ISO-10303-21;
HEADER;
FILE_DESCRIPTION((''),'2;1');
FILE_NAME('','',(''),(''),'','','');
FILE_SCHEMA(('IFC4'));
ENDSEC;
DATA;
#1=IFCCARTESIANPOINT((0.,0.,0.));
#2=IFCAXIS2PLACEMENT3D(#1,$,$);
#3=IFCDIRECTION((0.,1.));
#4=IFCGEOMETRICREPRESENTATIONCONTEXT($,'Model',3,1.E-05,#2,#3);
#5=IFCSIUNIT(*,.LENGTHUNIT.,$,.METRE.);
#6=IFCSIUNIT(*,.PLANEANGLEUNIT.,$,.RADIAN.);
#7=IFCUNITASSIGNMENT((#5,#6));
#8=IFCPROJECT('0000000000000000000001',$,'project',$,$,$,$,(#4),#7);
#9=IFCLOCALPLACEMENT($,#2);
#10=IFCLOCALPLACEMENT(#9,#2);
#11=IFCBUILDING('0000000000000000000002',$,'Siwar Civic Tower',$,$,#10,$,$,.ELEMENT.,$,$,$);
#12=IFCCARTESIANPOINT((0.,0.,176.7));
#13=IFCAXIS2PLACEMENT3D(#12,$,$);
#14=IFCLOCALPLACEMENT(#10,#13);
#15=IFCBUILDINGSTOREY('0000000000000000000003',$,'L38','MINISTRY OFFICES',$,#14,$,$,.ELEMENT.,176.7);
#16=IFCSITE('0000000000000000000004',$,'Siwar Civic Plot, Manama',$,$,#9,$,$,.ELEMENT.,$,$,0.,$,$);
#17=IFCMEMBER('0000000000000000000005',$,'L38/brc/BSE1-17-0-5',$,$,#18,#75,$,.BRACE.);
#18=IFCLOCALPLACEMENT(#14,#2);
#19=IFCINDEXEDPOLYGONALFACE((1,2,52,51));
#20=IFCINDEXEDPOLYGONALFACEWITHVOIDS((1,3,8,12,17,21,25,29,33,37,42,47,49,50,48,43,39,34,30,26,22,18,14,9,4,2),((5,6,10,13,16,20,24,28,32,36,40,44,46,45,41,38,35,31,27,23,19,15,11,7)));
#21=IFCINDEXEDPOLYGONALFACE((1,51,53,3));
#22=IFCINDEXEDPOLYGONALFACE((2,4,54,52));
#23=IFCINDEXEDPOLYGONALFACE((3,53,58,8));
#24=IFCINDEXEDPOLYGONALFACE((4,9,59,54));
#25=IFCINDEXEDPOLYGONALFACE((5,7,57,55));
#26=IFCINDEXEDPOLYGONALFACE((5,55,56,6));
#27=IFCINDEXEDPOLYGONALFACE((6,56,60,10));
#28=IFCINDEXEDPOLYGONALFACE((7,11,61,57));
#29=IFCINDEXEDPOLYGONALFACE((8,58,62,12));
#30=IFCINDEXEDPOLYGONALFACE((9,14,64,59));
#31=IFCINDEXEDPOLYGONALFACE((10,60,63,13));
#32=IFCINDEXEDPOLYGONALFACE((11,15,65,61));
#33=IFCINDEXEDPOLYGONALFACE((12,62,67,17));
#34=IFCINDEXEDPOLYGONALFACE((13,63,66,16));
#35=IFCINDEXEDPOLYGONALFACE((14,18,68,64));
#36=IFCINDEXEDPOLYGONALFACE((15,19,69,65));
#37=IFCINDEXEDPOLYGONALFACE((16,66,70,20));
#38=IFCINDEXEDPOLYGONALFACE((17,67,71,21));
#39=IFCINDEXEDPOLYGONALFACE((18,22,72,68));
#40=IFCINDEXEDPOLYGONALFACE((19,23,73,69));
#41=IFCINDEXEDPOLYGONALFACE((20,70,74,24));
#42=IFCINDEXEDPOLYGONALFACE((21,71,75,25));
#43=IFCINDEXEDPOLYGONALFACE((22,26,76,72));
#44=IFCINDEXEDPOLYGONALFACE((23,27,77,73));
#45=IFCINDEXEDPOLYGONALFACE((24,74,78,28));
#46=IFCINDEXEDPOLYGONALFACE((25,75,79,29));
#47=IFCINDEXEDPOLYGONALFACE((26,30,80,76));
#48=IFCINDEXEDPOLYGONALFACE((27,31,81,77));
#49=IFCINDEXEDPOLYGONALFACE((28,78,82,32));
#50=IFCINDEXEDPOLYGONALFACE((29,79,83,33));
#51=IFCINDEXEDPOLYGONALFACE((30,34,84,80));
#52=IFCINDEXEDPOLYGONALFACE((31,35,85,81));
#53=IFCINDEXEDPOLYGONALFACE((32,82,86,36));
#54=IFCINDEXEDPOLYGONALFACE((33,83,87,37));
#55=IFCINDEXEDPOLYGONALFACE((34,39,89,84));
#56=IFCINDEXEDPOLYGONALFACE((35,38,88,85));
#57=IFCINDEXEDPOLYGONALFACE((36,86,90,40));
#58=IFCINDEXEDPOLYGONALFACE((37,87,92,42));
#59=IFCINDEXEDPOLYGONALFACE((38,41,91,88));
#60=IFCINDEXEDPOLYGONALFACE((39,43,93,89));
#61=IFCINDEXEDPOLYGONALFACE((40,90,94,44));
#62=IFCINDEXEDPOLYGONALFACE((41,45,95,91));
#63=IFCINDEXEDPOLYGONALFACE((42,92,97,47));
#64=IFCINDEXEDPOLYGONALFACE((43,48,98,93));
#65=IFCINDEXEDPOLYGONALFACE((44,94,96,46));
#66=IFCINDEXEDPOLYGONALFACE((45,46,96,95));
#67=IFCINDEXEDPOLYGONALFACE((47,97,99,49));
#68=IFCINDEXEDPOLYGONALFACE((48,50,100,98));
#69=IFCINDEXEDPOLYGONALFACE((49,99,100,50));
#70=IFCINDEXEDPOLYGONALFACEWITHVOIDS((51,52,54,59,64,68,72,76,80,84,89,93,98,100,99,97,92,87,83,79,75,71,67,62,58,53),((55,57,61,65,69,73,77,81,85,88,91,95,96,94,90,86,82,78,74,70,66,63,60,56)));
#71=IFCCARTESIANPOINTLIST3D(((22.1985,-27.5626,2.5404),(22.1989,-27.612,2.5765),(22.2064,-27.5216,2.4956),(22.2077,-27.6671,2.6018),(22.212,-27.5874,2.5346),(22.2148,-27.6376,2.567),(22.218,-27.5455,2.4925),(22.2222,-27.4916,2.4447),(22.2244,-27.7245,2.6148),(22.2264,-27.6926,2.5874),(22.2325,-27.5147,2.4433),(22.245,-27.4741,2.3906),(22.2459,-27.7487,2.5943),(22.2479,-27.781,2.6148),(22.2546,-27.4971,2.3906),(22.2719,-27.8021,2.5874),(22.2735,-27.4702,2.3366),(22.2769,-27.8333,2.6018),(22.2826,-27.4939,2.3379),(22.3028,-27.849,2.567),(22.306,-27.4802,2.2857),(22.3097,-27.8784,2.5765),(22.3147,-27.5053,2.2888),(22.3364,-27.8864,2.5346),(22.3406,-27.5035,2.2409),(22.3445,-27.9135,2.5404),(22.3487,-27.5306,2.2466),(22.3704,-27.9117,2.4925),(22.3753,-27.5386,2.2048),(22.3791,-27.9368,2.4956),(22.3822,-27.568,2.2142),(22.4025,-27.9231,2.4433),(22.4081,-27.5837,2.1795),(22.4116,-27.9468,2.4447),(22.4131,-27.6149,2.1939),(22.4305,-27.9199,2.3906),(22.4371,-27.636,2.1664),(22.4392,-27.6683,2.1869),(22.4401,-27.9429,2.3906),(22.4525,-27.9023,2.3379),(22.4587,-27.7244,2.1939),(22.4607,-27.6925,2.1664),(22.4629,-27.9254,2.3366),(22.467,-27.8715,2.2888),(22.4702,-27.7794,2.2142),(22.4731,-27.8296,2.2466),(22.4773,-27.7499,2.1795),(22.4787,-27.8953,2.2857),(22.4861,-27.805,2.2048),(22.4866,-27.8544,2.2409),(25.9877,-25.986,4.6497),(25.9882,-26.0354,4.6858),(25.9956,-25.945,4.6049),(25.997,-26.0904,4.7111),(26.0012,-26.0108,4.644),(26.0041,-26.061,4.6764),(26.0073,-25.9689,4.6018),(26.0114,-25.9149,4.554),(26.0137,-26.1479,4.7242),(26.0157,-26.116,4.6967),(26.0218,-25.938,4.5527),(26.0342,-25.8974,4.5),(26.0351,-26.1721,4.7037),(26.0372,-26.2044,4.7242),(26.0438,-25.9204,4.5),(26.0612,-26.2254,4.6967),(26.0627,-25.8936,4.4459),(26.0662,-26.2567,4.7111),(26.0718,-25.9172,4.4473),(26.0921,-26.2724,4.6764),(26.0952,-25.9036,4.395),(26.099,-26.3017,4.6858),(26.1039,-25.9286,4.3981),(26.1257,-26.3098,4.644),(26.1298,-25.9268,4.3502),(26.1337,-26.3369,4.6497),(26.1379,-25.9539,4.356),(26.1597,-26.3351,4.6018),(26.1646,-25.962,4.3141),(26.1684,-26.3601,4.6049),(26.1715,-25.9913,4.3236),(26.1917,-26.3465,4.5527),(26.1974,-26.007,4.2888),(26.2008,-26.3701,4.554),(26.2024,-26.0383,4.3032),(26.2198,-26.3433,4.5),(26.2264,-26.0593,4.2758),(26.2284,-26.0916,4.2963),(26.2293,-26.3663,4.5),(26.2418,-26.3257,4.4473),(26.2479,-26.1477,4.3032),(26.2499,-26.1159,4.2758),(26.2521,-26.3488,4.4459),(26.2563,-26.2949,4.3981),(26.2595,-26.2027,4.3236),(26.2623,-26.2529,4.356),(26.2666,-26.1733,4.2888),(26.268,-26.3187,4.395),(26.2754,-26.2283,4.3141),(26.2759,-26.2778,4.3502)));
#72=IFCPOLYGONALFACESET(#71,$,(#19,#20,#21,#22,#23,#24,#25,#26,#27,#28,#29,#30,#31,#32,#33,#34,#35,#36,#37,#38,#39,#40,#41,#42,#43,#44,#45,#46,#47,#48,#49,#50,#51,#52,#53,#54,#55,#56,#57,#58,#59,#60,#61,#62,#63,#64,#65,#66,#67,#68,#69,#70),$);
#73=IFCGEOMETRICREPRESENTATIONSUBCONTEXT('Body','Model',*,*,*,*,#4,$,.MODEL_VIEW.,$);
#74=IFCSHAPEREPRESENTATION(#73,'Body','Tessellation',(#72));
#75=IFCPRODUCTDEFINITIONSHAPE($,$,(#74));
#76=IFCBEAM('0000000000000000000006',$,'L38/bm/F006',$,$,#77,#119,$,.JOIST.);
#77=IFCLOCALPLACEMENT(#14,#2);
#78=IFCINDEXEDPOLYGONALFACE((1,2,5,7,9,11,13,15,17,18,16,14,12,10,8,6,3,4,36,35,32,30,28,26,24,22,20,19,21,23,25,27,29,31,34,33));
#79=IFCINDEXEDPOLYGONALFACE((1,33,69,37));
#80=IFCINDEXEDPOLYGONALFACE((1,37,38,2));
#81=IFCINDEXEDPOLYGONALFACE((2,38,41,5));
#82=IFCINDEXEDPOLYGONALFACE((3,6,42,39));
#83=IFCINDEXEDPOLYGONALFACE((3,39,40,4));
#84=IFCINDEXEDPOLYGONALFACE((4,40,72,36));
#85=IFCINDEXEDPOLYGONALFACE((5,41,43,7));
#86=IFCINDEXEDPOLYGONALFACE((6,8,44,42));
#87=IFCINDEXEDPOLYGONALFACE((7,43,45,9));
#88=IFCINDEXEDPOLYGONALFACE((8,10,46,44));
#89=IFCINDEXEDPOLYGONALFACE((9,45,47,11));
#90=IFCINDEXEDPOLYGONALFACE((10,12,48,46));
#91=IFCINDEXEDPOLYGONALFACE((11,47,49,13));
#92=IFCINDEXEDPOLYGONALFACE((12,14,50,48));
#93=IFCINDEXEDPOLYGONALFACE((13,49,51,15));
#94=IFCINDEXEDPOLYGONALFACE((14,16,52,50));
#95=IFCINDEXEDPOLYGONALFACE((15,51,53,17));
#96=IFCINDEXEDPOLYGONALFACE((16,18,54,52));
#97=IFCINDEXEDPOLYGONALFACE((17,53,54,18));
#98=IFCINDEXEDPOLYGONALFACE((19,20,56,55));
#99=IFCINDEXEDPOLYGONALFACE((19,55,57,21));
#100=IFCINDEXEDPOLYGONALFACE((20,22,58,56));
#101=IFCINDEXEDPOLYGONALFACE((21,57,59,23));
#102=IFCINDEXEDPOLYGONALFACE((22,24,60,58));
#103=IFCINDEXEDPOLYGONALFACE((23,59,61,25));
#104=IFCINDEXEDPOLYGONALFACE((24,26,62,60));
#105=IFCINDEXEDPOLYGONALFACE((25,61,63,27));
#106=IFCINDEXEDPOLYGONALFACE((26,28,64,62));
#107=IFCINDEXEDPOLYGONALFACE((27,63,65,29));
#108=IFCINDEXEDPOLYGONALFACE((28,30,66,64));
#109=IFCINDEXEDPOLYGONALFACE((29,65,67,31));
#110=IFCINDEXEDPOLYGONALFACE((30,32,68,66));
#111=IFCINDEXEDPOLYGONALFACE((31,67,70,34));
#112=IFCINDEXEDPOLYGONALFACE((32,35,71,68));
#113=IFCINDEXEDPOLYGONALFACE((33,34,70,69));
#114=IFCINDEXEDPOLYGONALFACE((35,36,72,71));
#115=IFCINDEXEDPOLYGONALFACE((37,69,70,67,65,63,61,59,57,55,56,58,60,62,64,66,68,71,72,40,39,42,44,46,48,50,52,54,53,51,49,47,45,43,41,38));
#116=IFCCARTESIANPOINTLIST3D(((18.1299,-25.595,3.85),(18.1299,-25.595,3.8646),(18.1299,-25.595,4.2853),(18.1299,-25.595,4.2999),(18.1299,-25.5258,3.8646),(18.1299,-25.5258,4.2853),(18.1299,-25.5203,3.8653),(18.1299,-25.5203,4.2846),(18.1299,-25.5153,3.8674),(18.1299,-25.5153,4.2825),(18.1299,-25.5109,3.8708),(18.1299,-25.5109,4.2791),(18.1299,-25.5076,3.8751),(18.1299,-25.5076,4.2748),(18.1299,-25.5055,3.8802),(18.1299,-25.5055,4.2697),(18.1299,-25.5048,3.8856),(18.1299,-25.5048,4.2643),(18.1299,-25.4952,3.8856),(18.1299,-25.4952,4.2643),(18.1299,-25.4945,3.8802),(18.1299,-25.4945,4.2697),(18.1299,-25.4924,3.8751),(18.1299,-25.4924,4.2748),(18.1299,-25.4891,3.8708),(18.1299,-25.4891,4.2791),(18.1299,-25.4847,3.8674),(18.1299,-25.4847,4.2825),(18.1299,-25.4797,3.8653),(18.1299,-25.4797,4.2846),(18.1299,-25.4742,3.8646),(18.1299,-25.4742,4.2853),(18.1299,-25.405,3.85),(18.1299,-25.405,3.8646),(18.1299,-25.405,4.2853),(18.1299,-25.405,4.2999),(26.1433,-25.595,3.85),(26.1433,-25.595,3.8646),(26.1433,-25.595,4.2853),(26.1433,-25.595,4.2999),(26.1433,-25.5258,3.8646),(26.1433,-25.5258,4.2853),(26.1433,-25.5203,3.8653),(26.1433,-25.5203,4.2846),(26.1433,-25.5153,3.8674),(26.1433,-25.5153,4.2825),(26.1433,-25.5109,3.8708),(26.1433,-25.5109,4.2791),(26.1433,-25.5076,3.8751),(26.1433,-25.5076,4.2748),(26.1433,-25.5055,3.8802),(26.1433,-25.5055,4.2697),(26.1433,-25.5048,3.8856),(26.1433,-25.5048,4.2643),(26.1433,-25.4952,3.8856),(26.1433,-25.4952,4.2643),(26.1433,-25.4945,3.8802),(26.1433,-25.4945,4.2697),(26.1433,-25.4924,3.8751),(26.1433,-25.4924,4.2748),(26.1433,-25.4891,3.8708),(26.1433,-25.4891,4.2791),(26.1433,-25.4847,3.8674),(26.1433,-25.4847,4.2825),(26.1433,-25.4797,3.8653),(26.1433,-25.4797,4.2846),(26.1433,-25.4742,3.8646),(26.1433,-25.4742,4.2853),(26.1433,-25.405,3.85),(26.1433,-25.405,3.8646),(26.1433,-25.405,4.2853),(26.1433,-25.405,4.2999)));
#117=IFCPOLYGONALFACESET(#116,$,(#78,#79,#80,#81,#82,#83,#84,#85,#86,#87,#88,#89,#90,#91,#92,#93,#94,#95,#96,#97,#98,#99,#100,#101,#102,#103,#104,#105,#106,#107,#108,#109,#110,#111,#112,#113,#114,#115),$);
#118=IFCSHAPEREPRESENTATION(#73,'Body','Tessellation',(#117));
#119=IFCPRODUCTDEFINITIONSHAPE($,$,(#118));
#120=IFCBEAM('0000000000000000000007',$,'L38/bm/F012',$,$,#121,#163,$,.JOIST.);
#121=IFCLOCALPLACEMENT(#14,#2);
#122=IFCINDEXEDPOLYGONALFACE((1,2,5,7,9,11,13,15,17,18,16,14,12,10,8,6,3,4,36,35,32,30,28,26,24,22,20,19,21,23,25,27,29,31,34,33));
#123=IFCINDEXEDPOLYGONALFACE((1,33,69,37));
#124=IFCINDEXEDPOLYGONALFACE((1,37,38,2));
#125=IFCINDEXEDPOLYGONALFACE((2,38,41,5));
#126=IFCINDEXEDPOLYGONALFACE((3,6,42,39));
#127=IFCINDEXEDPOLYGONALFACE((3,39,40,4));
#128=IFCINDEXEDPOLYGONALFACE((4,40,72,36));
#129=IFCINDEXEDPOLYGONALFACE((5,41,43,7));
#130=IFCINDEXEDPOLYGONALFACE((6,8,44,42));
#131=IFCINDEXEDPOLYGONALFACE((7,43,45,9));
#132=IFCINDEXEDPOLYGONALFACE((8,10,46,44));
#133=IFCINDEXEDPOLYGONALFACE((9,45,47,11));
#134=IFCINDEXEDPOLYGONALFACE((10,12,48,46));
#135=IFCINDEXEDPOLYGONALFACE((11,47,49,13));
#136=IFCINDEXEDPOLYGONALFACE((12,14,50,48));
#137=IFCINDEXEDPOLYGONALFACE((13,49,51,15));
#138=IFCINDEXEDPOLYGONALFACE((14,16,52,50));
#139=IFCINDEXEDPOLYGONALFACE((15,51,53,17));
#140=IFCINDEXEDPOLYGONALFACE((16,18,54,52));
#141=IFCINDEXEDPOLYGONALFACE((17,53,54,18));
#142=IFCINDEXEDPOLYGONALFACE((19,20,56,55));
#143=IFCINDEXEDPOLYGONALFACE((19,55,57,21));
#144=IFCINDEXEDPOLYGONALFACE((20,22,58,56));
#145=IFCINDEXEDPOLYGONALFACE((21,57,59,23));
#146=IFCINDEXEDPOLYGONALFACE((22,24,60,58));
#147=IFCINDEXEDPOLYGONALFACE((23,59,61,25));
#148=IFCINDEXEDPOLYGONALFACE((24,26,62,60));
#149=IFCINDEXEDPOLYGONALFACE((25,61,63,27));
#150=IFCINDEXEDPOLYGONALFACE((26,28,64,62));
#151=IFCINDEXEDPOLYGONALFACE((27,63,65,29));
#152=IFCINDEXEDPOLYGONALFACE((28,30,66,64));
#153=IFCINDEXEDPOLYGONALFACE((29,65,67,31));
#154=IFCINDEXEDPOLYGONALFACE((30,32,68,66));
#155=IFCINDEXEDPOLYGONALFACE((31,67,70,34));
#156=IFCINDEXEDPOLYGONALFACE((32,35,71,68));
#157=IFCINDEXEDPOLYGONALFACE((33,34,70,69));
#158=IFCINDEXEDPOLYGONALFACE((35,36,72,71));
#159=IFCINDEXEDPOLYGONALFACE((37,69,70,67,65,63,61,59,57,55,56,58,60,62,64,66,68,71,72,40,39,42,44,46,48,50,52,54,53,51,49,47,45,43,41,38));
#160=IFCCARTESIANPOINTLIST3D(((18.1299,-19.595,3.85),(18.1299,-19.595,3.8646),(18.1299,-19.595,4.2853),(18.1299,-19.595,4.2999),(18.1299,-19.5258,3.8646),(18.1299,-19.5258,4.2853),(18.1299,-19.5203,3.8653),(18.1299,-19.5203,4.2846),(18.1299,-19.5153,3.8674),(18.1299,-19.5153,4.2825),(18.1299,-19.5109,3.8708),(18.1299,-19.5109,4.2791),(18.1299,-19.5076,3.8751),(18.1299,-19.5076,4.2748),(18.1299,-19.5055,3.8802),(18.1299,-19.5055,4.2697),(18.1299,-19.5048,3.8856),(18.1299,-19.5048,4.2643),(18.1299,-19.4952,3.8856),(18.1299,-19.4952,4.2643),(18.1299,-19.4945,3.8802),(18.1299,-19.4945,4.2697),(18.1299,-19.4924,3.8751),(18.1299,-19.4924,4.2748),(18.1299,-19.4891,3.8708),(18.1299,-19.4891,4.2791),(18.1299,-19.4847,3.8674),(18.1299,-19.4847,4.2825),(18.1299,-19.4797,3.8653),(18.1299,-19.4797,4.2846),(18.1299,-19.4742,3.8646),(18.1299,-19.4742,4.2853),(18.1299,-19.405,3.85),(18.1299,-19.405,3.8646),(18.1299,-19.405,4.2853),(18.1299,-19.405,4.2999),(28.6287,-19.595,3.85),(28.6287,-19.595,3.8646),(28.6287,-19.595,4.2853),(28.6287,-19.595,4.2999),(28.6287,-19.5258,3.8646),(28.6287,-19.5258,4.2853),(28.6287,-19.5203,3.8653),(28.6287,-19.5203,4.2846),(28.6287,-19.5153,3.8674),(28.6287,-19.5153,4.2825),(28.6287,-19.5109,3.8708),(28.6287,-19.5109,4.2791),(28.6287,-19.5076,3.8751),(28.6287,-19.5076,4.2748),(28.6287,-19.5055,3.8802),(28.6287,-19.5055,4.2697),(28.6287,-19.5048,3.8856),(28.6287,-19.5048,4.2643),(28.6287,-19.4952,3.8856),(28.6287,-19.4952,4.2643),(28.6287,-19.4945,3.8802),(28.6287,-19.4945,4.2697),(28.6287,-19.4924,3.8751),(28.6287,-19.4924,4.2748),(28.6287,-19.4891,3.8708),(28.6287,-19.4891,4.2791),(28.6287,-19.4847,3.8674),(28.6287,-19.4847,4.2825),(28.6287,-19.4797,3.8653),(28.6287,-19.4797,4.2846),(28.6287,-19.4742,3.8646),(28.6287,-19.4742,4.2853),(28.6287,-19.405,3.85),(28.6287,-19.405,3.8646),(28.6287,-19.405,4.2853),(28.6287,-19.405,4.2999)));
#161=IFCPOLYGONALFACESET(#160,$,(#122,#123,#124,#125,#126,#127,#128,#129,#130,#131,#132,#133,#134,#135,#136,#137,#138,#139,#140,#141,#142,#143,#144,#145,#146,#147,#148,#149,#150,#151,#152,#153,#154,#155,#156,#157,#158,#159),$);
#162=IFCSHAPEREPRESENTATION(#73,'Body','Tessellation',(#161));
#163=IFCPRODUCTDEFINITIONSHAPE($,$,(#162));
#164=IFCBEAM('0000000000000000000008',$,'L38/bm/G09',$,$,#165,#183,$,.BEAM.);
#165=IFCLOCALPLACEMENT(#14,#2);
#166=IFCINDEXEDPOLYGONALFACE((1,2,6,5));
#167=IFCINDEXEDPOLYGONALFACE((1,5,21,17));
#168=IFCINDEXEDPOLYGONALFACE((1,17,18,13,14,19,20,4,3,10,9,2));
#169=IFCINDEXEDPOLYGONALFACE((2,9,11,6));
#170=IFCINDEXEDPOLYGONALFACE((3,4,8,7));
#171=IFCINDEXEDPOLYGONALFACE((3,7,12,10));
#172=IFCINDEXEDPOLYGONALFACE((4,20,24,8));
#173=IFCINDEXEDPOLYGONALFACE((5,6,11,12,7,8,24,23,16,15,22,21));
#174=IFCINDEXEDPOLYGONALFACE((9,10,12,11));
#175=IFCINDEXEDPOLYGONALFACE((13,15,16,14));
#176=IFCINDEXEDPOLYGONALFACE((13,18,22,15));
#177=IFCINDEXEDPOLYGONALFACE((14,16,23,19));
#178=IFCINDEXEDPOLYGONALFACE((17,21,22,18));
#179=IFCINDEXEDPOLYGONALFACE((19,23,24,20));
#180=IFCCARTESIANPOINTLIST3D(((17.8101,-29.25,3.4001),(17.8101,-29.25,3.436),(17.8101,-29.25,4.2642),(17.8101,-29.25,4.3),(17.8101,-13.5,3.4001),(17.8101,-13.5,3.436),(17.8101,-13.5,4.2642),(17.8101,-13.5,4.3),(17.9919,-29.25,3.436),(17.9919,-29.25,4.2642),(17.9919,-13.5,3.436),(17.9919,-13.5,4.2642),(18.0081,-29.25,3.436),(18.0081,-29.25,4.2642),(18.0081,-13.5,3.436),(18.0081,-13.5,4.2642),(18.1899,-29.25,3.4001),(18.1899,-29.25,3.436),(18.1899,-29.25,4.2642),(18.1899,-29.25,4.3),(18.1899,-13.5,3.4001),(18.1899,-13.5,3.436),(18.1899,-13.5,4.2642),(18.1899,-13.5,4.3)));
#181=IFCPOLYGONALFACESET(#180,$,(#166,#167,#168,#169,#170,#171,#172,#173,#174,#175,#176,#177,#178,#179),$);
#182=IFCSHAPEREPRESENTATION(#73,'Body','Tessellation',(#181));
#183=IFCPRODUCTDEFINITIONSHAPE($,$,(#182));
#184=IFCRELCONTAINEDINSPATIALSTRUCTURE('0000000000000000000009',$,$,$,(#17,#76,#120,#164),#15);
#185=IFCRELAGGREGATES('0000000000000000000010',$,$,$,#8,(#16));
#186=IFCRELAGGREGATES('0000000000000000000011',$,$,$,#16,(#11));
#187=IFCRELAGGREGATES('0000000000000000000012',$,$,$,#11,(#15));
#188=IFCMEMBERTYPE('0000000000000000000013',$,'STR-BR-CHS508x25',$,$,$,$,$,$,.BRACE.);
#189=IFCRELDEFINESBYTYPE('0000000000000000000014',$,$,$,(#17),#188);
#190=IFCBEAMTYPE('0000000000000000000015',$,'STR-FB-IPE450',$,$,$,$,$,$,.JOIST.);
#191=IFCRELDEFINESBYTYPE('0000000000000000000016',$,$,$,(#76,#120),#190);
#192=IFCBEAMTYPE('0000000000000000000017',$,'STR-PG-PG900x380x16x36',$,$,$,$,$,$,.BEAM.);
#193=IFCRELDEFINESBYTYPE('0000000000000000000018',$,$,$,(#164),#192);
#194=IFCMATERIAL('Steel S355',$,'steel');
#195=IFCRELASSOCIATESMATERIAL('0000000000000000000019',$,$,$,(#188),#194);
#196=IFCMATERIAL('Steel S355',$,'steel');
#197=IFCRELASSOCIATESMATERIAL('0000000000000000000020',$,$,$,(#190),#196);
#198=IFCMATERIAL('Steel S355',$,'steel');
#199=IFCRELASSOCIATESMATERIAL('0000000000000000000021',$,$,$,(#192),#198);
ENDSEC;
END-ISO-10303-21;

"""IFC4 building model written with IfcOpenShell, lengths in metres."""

from ifc_helpers import new_model, si_unit, direction, frame, origin, origin_2d, place, context, subcontext, project, spatial, hollow_circle, i_section, extrude, material, material_profile, profile_set, type_object, element, save


model = new_model("IFC4")

# Units and contexts
model_context = context("Model", 3, precision=1e-05, world=origin(), true_north=direction((0.0, 1.0)))
body_context = subcontext(model_context, "Body", "Model", "MODEL_VIEW")
ifc_project = project(units=[si_unit("LENGTHUNIT", "METRE"), si_unit("PLANEANGLEUNIT", "RADIAN")], contexts=[model_context])

# Site, building, storey
site_placement = place(None, origin())
site = spatial("IfcSite", under=ifc_project, at=site_placement, Name="Siwar Civic Plot, Manama", CompositionType="ELEMENT", RefElevation=0.0)
building_placement = place(site_placement, origin())
building = spatial("IfcBuilding", under=site, at=building_placement, Name="Siwar Civic Tower", CompositionType="ELEMENT")
storey_placement = place(building_placement, frame((0.0, 0.0, 176.7)))
storey = spatial("IfcBuildingStorey", under=building, at=storey_placement, Name="L38", Description="MINISTRY OFFICES", CompositionType="ELEMENT", Elevation=176.7)

# Member
ifc_material_1 = material(Name="Steel S355", Category="steel")
ifc_material_profile_1 = material_profile(ifc_material_1, hollow_circle(Radius=0.2539, WallThickness=0.0249, at=origin_2d()), Name="CHS508x25")
ifc_profile_set_1 = profile_set([ifc_material_profile_1], Name="Steel S355")
member_type_1 = type_object("IfcMemberType", Name="STR-BR-CHS508x25", PredefinedType="BRACE", material=ifc_profile_set_1)
for number, where, z_axis, x_axis, name in (
    (1, (22.3425, -27.7085, 2.3906), (0.821163, 0.341671, 0.457113), (-0.384155, 0.923269, 0.0), "L38/brc/BSE1-17-0-5"),
):
    element("IfcMember", number, at=place(storey_placement, frame(where, z_axis=z_axis, x_axis=x_axis)), inside=storey, type_object=member_type_1, Name=name, PredefinedType="BRACE", context=body_context, shape_type="SweptSolid", body=[
        extrude(hollow_circle(Radius=0.2539, WallThickness=0.0249, at=origin_2d()), origin(), (0.0, 0.0, 1.0), 4.6145),
    ])

# Beams
ifc_material_2 = material(Name="Steel S355", Category="steel")
ifc_material_profile_2 = material_profile(ifc_material_2, i_section(OverallWidth=0.1899, OverallDepth=0.45, WebThickness=0.0095, FlangeThickness=0.0146, FilletRadius=0.021, at=origin_2d()), Name="IPE450")
ifc_profile_set_2 = profile_set([ifc_material_profile_2], Name="Steel S355")
beam_type_1 = type_object("IfcBeamType", Name="STR-FB-IPE450", PredefinedType="JOIST", material=ifc_profile_set_2)
beam_1_placement = place(storey_placement, frame((18.1299, -25.5, 4.075), z_axis=(1.0, 0.0, 0.0), x_axis=(0.0, 1.0, 0.0)))
element("IfcBeam", 2, at=beam_1_placement, inside=storey, type_object=beam_type_1, Name="L38/bm/F006", PredefinedType="JOIST", context=body_context, shape_type="SweptSolid", body=[
    extrude(i_section(OverallWidth=0.1899, OverallDepth=0.45, WebThickness=0.0095, FlangeThickness=0.0146, FilletRadius=0.021, at=origin_2d()), origin(), (0.0, 0.0, 1.0), 8.0134),
])
beam_2_placement = place(storey_placement, frame((18.1299, -19.5, 4.075), z_axis=(1.0, 0.0, 0.0), x_axis=(0.0, 1.0, 0.0)))
element("IfcBeam", 3, at=beam_2_placement, inside=storey, type_object=beam_type_1, Name="L38/bm/F012", PredefinedType="JOIST", context=body_context, shape_type="SweptSolid", body=[
    extrude(i_section(OverallWidth=0.1899, OverallDepth=0.45, WebThickness=0.0095, FlangeThickness=0.0146, FilletRadius=0.021, at=origin_2d()), origin(), (0.0, 0.0, 1.0), 10.4988),
])
ifc_material_3 = material(Name="Steel S355", Category="steel")
ifc_material_profile_3 = material_profile(ifc_material_3, i_section(OverallWidth=0.3799, OverallDepth=0.8999, WebThickness=0.0161, FlangeThickness=0.0359, at=origin_2d()), Name="PG900x380x16x36")
ifc_profile_set_3 = profile_set([ifc_material_profile_3], Name="Steel S355")
beam_type_2 = type_object("IfcBeamType", Name="STR-PG-PG900x380x16x36", PredefinedType="BEAM", material=ifc_profile_set_3)
beam_3_placement = place(storey_placement, frame((18.0, -29.25, 3.8501), z_axis=(0.0, 1.0, 0.0), x_axis=(-1.0, 0.0, 0.0)))
element("IfcBeam", 4, at=beam_3_placement, inside=storey, type_object=beam_type_2, Name="L38/bm/G09", PredefinedType="BEAM", context=body_context, shape_type="SweptSolid", body=[
    extrude(i_section(OverallWidth=0.3799, OverallDepth=0.8999, WebThickness=0.0161, FlangeThickness=0.0359, at=origin_2d()), origin(), (0.0, 0.0, 1.0), 15.75),
])

save(model, "model.ifc")
